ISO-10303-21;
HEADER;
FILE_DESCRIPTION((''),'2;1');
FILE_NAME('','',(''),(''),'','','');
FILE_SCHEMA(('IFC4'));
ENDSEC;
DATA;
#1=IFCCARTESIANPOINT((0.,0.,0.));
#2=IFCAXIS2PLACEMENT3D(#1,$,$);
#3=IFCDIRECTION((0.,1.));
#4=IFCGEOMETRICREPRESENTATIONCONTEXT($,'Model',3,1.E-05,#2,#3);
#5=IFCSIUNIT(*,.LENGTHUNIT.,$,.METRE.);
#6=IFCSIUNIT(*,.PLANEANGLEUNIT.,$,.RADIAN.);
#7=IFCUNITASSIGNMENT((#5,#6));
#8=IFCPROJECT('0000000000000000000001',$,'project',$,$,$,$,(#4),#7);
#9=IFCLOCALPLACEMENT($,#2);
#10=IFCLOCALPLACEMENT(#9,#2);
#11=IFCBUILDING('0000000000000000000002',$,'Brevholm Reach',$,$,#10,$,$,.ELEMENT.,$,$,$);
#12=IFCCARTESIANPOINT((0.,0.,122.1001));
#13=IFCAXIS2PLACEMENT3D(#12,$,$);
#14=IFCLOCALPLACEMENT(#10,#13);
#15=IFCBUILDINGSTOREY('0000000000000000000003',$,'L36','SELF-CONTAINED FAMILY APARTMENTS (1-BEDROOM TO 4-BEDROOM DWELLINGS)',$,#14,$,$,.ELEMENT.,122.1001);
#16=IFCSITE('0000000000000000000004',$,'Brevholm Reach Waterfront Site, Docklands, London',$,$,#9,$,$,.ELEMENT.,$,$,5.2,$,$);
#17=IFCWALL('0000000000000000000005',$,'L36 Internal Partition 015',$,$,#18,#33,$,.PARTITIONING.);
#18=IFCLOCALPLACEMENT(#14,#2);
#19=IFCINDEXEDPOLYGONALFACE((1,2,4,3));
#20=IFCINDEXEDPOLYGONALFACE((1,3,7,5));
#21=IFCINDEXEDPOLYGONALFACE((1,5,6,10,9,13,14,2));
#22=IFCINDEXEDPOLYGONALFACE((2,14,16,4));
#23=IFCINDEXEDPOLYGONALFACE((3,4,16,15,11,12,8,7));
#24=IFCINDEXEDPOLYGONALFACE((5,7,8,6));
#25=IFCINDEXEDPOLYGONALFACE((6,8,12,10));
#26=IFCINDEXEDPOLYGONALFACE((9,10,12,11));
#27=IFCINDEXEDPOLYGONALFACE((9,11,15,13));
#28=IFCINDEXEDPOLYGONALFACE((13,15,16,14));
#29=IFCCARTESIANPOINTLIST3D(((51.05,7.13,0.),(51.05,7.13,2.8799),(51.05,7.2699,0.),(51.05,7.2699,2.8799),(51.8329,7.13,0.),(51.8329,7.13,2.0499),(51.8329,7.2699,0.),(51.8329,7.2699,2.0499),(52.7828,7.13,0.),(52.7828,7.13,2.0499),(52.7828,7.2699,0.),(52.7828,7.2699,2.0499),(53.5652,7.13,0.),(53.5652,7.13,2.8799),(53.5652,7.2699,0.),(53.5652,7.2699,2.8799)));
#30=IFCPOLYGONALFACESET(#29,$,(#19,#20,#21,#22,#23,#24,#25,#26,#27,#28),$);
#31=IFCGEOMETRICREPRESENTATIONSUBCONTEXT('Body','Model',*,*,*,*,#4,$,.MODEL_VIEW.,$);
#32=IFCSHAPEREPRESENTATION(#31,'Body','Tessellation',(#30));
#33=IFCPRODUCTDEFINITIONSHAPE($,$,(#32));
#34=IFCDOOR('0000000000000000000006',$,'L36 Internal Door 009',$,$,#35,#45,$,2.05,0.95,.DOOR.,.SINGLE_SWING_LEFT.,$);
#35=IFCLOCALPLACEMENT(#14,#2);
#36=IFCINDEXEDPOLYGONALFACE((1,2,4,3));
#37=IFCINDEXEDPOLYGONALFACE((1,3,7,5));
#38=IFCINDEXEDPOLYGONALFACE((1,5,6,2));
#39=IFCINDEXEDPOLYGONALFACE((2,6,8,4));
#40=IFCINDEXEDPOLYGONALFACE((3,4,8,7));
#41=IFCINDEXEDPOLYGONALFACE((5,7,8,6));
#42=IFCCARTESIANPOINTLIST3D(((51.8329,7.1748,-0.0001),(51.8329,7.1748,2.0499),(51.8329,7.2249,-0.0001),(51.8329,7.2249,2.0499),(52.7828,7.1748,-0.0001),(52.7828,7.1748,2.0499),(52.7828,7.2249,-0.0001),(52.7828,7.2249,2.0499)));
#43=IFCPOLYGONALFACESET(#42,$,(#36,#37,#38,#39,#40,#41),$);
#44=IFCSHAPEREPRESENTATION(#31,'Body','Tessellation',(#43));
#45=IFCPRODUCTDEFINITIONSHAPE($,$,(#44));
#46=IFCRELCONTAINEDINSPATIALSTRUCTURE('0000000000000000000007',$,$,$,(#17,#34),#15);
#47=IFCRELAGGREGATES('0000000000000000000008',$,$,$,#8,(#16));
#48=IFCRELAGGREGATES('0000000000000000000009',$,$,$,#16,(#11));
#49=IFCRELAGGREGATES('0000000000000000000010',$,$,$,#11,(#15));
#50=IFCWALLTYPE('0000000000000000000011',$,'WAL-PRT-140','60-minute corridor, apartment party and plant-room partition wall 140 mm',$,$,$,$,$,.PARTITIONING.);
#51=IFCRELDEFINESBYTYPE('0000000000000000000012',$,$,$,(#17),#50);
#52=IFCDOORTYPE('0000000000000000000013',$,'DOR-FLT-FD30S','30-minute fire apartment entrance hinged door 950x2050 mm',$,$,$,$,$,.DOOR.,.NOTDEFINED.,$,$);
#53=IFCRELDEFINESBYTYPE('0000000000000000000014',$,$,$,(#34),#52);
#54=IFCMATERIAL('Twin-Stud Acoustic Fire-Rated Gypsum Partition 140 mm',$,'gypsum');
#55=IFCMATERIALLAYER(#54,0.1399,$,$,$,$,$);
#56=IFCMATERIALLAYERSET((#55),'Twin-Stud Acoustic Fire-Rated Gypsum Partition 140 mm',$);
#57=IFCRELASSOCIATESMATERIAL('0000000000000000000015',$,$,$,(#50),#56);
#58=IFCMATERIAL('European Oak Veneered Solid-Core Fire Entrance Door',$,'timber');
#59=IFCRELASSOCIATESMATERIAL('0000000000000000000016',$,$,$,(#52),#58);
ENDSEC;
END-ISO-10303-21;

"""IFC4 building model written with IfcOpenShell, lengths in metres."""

from ifc_helpers import new_model, si_unit, direction, frame, frame_2d, origin, place, context, subcontext, project, spatial, rectangle, extrude, material, layer, layer_set, type_object, element, fill, save


model = new_model("IFC4")

# Units and contexts
model_context = context("Model", 3, precision=1e-05, world=origin(), true_north=direction((0.0, 1.0)))
body_context = subcontext(model_context, "Body", "Model", "MODEL_VIEW")
ifc_project = project(units=[si_unit("LENGTHUNIT", "METRE"), si_unit("PLANEANGLEUNIT", "RADIAN")], contexts=[model_context])

# Site, building, storey
site_placement = place(None, origin())
site = spatial("IfcSite", under=ifc_project, at=site_placement, Name="Brevholm Reach Waterfront Site, Docklands, London", CompositionType="ELEMENT", RefElevation=5.2)
building_placement = place(site_placement, origin())
building = spatial("IfcBuilding", under=site, at=building_placement, Name="Brevholm Reach", CompositionType="ELEMENT")
storey_placement = place(building_placement, frame((0.0, 0.0, 122.1001)))
storey = spatial("IfcBuildingStorey", under=building, at=storey_placement, Name="L36", Description="SELF-CONTAINED FAMILY APARTMENTS (1-BEDROOM TO 4-BEDROOM DWELLINGS)", CompositionType="ELEMENT", Elevation=122.1001)

# Shared definitions
ifc_material_1 = material(Name="Twin-Stud Acoustic Fire-Rated Gypsum Partition 140 mm", Category="gypsum")
ifc_layer_1 = layer(ifc_material_1, 0.1399)
ifc_layer_set_1 = layer_set([ifc_layer_1], Name="Twin-Stud Acoustic Fire-Rated Gypsum Partition 140 mm")
wall_type_1 = type_object("IfcWallType", Name="WAL-PRT-140", Description="60-minute corridor, apartment party and plant-room partition wall 140 mm", PredefinedType="PARTITIONING", material=ifc_layer_set_1)

# Wall, opening, door
wall_1_placement = place(storey_placement, frame((51.05, 7.2, 0.0), z_axis=(0.0, 0.0, 1.0), x_axis=(1.0, 0.0, 0.0)))
wall_1 = element("IfcWall", 1, at=wall_1_placement, inside=storey, type_object=wall_type_1, Name="L36 Internal Partition 015", PredefinedType="PARTITIONING", context=body_context, shape_type="SweptSolid", body=[
    extrude(rectangle(XDim=2.5151, YDim=0.1399, at=frame_2d((1.2576, 0.0))), origin(), (0.0, 0.0, 1.0), 2.8799),
])
opening_1_placement = place(wall_1_placement, frame((0.7827, 0.0, 0.0)))
opening_1 = element("IfcOpeningElement", 2, at=opening_1_placement, cuts=wall_1, PredefinedType="OPENING", context=body_context, shape_type="SweptSolid", body=[
    extrude(rectangle(XDim=0.95, YDim=2.05, at=frame_2d((0.4751, 1.0249))), frame((0.0, 0.0798, 0.0), z_axis=(0.0, -1.0, 0.0), x_axis=(1.0, 0.0, 0.0)), (0.0, 0.0, 1.0), 0.1599),
])
ifc_material_2 = material(Name="European Oak Veneered Solid-Core Fire Entrance Door", Category="timber")
door_type_1 = type_object("IfcDoorType", Name="DOR-FLT-FD30S", Description="30-minute fire apartment entrance hinged door 950x2050 mm", OperationType="NOTDEFINED", PredefinedType="DOOR", material=ifc_material_2)
door_1_placement = place(opening_1_placement, origin())
door_1 = element("IfcDoor", 3, at=door_1_placement, inside=storey, type_object=door_type_1, Name="L36 Internal Door 009", OperationType="SINGLE_SWING_LEFT", OverallHeight=2.05, OverallWidth=0.95, PredefinedType="DOOR", context=body_context, shape_type="SweptSolid", body=[
    extrude(rectangle(XDim=0.95, YDim=2.05, at=frame_2d((0.4751, 1.0249))), frame((0.0, 0.0249, 0.0), z_axis=(0.0, -1.0, 0.0), x_axis=(1.0, 0.0, 0.0)), (0.0, 0.0, 1.0), 0.05),
])
fill(opening_1, door_1)

save(model, "model.ifc")
